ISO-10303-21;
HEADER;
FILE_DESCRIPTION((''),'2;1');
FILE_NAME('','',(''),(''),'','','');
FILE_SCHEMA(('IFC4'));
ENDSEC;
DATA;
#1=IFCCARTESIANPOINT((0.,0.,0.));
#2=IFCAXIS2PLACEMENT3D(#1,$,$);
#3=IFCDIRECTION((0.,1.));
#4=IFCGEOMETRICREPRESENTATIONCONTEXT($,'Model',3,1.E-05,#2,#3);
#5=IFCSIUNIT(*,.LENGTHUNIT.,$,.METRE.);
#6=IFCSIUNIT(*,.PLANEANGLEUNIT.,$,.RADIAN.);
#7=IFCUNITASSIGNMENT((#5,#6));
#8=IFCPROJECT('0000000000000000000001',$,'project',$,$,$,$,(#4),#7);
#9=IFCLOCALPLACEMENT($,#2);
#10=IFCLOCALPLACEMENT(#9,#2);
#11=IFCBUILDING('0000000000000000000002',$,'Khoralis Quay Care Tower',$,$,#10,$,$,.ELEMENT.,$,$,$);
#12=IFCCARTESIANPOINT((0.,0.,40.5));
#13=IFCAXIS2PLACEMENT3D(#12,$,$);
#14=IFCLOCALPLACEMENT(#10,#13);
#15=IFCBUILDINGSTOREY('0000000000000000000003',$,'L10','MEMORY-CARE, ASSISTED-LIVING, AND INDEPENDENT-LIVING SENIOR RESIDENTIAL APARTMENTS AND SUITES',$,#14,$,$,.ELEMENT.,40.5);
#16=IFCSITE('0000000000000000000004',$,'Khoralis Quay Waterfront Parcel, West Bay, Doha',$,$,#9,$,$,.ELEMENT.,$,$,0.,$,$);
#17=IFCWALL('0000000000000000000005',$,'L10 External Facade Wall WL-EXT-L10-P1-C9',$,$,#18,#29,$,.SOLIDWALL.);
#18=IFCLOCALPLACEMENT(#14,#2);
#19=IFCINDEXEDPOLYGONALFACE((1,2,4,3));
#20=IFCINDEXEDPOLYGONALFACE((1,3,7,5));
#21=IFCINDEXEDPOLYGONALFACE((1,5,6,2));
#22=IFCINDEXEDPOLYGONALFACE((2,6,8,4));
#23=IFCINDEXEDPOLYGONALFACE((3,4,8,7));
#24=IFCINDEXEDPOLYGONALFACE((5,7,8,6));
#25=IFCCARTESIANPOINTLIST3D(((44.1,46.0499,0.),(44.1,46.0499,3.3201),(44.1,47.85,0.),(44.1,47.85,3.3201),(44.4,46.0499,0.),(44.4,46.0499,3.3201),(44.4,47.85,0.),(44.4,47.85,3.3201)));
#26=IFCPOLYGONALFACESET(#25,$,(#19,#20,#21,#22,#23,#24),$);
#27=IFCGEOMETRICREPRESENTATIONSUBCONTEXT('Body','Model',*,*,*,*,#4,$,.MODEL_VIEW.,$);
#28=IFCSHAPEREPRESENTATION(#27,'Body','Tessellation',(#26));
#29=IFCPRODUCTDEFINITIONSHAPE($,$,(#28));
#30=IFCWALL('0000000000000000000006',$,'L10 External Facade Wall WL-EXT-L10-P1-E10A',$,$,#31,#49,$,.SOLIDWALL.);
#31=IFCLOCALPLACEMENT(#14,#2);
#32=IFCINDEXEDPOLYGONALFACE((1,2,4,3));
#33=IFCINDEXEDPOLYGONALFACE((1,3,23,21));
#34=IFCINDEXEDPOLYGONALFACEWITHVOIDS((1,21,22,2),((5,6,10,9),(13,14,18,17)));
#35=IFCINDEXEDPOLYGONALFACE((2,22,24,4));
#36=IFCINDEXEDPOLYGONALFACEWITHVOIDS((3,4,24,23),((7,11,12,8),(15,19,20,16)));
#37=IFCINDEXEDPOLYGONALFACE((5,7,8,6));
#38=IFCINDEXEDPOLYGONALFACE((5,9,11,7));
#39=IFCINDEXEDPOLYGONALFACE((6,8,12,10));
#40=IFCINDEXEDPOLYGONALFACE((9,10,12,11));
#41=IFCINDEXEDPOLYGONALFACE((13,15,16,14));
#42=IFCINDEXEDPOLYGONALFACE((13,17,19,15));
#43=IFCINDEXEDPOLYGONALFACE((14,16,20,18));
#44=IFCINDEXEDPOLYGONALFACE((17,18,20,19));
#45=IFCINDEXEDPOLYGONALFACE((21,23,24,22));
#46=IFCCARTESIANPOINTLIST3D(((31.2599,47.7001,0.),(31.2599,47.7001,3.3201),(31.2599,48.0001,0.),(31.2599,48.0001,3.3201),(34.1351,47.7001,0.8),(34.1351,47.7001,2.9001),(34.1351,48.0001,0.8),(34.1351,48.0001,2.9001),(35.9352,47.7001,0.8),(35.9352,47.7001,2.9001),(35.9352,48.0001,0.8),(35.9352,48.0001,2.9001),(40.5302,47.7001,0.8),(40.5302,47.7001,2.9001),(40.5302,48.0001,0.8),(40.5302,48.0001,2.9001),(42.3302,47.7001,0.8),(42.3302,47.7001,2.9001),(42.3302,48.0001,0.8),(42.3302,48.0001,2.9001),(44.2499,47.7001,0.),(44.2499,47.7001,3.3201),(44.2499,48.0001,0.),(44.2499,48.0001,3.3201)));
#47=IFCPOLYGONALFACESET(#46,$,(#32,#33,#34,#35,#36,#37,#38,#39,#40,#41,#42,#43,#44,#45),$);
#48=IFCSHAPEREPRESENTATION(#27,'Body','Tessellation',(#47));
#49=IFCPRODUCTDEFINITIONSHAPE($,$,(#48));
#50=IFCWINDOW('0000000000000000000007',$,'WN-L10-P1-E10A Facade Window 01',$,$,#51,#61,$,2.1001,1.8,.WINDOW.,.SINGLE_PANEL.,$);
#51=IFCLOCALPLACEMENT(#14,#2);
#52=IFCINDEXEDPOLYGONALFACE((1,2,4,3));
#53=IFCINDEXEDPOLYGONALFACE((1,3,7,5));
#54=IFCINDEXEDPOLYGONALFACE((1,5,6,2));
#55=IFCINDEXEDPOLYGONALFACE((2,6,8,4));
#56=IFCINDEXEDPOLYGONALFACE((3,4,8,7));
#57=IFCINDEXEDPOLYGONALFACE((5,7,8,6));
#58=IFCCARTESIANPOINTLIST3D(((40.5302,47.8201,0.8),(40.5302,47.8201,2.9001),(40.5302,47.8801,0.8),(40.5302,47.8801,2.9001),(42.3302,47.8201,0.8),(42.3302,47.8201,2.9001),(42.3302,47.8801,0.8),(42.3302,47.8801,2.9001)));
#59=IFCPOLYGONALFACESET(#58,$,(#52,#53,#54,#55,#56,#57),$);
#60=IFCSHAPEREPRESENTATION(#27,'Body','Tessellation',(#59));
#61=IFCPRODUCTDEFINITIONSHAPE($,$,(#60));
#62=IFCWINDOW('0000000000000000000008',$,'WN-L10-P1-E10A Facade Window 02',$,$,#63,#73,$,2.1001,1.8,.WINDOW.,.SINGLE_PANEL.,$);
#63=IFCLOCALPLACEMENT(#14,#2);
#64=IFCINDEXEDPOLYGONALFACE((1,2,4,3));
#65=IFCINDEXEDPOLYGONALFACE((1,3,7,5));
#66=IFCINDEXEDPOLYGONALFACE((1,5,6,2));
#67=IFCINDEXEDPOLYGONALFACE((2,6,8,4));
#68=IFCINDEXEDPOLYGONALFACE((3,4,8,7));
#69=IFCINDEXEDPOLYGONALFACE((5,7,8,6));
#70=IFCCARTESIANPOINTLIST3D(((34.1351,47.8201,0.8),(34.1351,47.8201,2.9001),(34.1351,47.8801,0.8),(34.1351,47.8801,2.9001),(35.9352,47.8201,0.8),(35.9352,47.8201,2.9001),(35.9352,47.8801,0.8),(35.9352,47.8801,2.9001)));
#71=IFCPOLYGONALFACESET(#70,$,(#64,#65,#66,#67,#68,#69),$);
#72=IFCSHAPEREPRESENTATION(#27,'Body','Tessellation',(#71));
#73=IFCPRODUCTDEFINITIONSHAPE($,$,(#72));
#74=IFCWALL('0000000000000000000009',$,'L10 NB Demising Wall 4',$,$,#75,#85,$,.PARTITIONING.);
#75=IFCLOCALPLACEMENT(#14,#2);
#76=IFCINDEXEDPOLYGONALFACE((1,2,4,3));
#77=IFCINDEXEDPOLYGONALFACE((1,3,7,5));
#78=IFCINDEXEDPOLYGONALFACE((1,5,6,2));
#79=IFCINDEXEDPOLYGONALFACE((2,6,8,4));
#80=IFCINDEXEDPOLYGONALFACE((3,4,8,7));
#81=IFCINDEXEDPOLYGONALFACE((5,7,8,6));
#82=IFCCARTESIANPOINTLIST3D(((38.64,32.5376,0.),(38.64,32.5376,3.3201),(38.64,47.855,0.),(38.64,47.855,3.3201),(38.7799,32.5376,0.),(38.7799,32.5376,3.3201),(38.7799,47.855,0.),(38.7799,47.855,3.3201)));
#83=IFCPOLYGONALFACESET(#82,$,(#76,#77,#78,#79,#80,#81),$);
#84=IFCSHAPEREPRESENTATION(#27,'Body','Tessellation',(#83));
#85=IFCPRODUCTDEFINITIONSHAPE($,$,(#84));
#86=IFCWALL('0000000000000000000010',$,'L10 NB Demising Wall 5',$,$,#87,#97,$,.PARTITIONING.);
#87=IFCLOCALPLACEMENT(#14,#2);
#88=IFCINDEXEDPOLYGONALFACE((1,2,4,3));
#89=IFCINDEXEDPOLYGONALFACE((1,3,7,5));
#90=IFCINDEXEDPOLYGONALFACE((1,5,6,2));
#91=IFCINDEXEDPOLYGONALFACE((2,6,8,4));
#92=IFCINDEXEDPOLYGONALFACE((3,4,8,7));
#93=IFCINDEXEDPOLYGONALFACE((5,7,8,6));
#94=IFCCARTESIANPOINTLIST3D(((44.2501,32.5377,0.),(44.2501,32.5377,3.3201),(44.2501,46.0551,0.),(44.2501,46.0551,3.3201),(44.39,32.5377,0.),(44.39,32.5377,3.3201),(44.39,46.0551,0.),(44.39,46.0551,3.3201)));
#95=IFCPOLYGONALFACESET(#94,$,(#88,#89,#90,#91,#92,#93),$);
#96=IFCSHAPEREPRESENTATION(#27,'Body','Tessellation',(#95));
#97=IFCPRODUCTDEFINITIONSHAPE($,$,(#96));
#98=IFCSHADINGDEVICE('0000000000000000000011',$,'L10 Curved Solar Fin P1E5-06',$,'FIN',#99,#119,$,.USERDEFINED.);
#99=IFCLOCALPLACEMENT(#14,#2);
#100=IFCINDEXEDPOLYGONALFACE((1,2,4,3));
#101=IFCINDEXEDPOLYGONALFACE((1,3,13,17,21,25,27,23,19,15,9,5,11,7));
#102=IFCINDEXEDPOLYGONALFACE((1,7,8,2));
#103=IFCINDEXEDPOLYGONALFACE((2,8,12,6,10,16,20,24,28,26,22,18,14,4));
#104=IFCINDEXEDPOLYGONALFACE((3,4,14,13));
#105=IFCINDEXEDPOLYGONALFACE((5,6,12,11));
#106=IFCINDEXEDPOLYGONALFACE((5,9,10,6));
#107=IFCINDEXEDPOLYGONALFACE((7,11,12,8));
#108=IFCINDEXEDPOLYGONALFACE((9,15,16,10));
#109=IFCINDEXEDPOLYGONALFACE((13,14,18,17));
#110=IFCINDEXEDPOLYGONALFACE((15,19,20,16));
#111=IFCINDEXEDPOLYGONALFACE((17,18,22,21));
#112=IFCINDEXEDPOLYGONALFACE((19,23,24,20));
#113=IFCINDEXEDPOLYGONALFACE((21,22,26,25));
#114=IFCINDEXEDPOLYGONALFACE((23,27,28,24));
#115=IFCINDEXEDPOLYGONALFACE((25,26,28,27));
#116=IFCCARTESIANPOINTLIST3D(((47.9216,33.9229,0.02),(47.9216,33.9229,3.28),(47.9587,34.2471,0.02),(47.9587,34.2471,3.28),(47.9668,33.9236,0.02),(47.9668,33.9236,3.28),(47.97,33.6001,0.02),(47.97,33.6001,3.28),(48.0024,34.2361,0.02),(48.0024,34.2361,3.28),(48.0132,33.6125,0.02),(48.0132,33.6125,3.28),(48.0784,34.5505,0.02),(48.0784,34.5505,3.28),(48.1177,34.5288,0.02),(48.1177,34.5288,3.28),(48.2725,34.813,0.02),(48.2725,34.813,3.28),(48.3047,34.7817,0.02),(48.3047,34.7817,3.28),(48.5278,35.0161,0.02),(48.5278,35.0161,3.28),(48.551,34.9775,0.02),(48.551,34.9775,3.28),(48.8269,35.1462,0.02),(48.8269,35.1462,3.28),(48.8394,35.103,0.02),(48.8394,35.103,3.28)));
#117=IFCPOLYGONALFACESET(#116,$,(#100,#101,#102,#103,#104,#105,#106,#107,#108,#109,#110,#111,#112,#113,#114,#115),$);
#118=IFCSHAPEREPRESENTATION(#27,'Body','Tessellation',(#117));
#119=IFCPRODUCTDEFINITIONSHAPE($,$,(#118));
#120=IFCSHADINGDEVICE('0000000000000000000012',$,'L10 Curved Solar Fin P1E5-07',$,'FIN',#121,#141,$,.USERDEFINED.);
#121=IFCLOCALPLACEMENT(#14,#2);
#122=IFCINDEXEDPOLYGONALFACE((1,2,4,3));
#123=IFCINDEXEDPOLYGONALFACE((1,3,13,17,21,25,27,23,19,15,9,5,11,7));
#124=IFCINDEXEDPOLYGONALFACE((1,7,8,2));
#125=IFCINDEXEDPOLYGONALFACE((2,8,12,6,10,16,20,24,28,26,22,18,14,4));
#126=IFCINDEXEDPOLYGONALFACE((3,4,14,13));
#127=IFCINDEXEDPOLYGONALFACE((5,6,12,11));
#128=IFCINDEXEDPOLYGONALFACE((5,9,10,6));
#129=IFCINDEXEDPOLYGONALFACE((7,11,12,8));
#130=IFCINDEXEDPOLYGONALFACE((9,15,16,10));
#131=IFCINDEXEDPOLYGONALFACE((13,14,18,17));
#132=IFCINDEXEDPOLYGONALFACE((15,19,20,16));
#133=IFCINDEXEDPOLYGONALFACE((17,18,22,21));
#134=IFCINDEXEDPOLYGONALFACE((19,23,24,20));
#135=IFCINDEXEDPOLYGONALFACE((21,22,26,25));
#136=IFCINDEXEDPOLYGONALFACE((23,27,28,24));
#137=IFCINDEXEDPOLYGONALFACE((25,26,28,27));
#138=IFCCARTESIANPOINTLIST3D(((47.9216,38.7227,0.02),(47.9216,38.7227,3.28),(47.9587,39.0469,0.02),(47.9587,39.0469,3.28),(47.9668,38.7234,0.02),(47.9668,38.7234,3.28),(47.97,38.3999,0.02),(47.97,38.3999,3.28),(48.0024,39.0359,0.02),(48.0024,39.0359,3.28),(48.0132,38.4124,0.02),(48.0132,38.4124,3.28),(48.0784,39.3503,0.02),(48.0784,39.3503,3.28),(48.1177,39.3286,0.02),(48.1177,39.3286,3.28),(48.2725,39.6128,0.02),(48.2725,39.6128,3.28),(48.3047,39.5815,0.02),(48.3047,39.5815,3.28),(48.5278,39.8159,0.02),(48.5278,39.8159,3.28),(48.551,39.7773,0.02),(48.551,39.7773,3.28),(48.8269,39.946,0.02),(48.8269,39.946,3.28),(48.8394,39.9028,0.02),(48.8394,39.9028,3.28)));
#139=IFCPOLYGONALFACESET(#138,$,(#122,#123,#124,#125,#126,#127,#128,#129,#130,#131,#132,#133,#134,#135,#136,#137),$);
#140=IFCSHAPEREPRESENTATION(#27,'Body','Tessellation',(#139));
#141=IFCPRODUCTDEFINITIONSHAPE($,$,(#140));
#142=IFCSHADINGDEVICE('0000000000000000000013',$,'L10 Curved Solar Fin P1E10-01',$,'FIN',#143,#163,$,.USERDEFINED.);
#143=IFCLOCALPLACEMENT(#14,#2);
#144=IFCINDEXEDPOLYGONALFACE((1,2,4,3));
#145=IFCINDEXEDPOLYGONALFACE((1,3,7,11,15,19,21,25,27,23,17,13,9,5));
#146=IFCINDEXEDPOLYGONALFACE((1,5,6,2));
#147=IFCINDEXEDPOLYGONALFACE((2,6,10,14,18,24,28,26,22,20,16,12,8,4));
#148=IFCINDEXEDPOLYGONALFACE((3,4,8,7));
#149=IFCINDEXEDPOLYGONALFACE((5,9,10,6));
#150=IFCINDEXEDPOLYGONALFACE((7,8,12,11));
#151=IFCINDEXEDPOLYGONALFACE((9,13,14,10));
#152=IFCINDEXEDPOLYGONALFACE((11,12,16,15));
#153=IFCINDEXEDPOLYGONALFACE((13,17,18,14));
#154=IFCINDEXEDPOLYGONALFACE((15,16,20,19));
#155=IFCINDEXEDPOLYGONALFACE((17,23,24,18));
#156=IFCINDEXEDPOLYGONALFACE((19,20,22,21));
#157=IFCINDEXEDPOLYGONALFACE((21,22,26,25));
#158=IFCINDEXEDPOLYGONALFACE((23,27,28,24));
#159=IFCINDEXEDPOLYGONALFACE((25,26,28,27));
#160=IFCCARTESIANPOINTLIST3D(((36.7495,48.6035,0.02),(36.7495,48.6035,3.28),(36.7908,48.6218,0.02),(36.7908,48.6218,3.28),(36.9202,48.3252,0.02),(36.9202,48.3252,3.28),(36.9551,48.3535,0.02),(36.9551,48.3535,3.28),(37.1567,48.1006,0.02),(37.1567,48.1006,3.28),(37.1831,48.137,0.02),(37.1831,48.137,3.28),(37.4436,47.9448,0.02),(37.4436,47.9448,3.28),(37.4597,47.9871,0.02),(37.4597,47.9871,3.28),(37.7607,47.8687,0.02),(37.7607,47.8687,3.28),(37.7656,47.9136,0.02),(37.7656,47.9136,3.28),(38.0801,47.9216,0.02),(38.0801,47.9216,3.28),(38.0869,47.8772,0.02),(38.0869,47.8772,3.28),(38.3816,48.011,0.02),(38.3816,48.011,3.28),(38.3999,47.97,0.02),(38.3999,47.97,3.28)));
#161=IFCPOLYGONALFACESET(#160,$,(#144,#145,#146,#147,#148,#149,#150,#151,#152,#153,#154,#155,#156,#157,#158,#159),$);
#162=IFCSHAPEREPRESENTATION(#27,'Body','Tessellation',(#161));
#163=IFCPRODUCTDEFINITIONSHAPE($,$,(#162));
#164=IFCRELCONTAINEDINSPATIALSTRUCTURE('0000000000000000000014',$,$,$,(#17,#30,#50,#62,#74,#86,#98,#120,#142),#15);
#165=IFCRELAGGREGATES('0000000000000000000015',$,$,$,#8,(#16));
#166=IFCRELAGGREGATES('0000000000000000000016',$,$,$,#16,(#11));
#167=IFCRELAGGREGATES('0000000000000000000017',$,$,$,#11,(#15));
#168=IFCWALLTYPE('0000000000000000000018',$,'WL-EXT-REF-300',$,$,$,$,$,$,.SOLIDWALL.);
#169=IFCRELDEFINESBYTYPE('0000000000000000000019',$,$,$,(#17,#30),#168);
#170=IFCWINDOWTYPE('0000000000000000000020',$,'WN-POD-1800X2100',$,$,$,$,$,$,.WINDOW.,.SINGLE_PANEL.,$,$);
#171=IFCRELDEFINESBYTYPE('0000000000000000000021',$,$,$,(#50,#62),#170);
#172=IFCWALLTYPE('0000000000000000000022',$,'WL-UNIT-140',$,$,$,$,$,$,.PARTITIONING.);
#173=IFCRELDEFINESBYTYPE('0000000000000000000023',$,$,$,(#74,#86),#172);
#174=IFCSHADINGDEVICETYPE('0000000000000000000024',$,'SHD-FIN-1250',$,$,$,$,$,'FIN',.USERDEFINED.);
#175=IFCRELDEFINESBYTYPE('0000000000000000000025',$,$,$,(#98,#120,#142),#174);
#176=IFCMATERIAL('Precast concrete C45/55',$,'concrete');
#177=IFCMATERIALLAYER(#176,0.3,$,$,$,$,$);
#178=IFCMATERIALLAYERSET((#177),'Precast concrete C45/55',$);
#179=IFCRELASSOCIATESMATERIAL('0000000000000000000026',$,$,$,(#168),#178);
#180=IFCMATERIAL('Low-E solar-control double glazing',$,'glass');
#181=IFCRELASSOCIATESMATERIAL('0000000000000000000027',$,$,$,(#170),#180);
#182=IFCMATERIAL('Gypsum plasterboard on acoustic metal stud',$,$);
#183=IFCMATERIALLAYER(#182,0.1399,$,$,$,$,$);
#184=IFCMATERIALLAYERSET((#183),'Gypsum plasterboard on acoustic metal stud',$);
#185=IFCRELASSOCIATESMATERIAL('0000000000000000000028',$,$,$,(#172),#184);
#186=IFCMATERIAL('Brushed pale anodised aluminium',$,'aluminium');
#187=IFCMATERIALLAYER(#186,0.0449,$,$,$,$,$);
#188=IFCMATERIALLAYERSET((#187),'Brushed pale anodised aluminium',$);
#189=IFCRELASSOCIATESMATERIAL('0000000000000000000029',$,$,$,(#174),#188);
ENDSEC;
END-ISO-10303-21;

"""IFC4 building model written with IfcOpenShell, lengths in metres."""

from ifc_helpers import new_model, si_unit, direction, frame, frame_2d, origin, place, context, subcontext, project, spatial, polyline, rectangle, outline, extrude, source, transform, mapped, material, layer, layer_set, type_object, element, fill, save


model = new_model("IFC4")

# Units and contexts
model_context = context("Model", 3, precision=1e-05, world=origin(), true_north=direction((0.0, 1.0)))
body_context = subcontext(model_context, "Body", "Model", "MODEL_VIEW")
ifc_project = project(units=[si_unit("LENGTHUNIT", "METRE"), si_unit("PLANEANGLEUNIT", "RADIAN")], contexts=[model_context])

# Site, building, storey
site_placement = place(None, origin())
site = spatial("IfcSite", under=ifc_project, at=site_placement, Name="Khoralis Quay Waterfront Parcel, West Bay, Doha", CompositionType="ELEMENT", RefElevation=0.0)
building_placement = place(site_placement, origin())
building = spatial("IfcBuilding", under=site, at=building_placement, Name="Khoralis Quay Care Tower", CompositionType="ELEMENT")
storey_placement = place(building_placement, frame((0.0, 0.0, 40.5)))
storey = spatial("IfcBuildingStorey", under=building, at=storey_placement, Name="L10", Description="MEMORY-CARE, ASSISTED-LIVING, AND INDEPENDENT-LIVING SENIOR RESIDENTIAL APARTMENTS AND SUITES", CompositionType="ELEMENT", Elevation=40.5)

# Shared definitions
ifc_material_1 = material(Name="Low-E solar-control double glazing", Category="glass")

# Shared definitions
ifc_material_2 = material(Name="Precast concrete C45/55", Category="concrete")
ifc_layer_1 = layer(ifc_material_2, 0.3)
ifc_layer_set_1 = layer_set([ifc_layer_1], Name="Precast concrete C45/55")
wall_type_1 = type_object("IfcWallType", Name="WL-EXT-REF-300", PredefinedType="SOLIDWALL", material=ifc_layer_set_1)
window_type = type_object("IfcWindowType", Name="WN-POD-1800X2100", PartitioningType="SINGLE_PANEL", PredefinedType="WINDOW", material=ifc_material_1)
shared_shape_1 = source(origin(), body_context, "Body", "SweptSolid", [
    extrude(rectangle(XDim=1.8, YDim=2.1001, at=frame_2d((0.8999, 1.05))), frame((0.0, 0.03, 0.0), z_axis=(0.0, -1.0, 0.0), x_axis=(1.0, 0.0, 0.0)), (0.0, 0.0, 1.0), 0.0601),
])

# Wall
for number, where, z_axis, x_axis, name in (
    (1, (44.25, 46.05, 0.0), (0.0, 0.0, 1.0), (0.0, 1.0, 0.0), "L10 External Facade Wall WL-EXT-L10-P1-C9"),
):
    element("IfcWall", number, at=place(storey_placement, frame(where, z_axis=z_axis, x_axis=x_axis)), inside=storey, type_object=wall_type_1, Name=name, PredefinedType="SOLIDWALL", context=body_context, shape_type="SweptSolid", body=[
        extrude(rectangle(XDim=1.8, YDim=0.3, at=frame_2d((0.8999, 0.0))), origin(), (0.0, 0.0, 1.0), 3.3201),
    ])

# Wall, openings, windows
wall_1_placement = place(storey_placement, frame((44.25, 47.8501, 0.0), z_axis=(0.0, 0.0, 1.0), x_axis=(-1.0, 0.0, 0.0)))
wall_1 = element("IfcWall", 2, at=wall_1_placement, inside=storey, type_object=wall_type_1, Name="L10 External Facade Wall WL-EXT-L10-P1-E10A", PredefinedType="SOLIDWALL", context=body_context, shape_type="SweptSolid", body=[
    extrude(rectangle(XDim=12.99, YDim=0.3, at=frame_2d((6.4951, 0.0))), origin(), (0.0, 0.0, 1.0), 3.3201),
])
opening_1_placement = place(wall_1_placement, frame((1.9199, 0.0, 0.8)))
opening_1 = element("IfcOpeningElement", 3, at=opening_1_placement, cuts=wall_1, PredefinedType="OPENING", context=body_context, shape_type="SweptSolid", body=[
    extrude(rectangle(XDim=1.8, YDim=2.1001, at=frame_2d((0.8999, 1.05))), frame((0.0, 0.1602, 0.0), z_axis=(0.0, -1.0, 0.0), x_axis=(1.0, 0.0, 0.0)), (0.0, 0.0, 1.0), 0.3201),
])
opening_2_placement = place(wall_1_placement, frame((8.3149, 0.0, 0.8)))
opening_2 = element("IfcOpeningElement", 4, at=opening_2_placement, cuts=wall_1, PredefinedType="OPENING", context=body_context, shape_type="SweptSolid", body=[
    extrude(rectangle(XDim=1.8, YDim=2.1001, at=frame_2d((0.8999, 1.05))), frame((0.0, 0.1602, 0.0), z_axis=(0.0, -1.0, 0.0), x_axis=(1.0, 0.0, 0.0)), (0.0, 0.0, 1.0), 0.3201),
])
window_1_placement = place(opening_1_placement, origin())
window_1 = element("IfcWindow", 5, at=window_1_placement, inside=storey, type_object=window_type, Name="WN-L10-P1-E10A Facade Window 01", OverallHeight=2.1001, OverallWidth=1.8, PartitioningType="SINGLE_PANEL", PredefinedType="WINDOW", context=body_context, shape_type="MappedRepresentation", body=[
    mapped(shared_shape_1, transform((0.0, 0.0, 0.0), scale=1.0)),
])
fill(opening_1, window_1)
window_2_placement = place(opening_2_placement, origin())
window_2 = element("IfcWindow", 6, at=window_2_placement, inside=storey, type_object=window_type, Name="WN-L10-P1-E10A Facade Window 02", OverallHeight=2.1001, OverallWidth=1.8, PartitioningType="SINGLE_PANEL", PredefinedType="WINDOW", context=body_context, shape_type="MappedRepresentation", body=[
    mapped(shared_shape_1, transform((0.0, 0.0, 0.0), scale=1.0)),
])
fill(opening_2, window_2)

# Walls
ifc_material_3 = material(Name="Gypsum plasterboard on acoustic metal stud")
ifc_layer_2 = layer(ifc_material_3, 0.1399)
ifc_layer_set_2 = layer_set([ifc_layer_2], Name="Gypsum plasterboard on acoustic metal stud")
wall_type_2 = type_object("IfcWallType", Name="WL-UNIT-140", PredefinedType="PARTITIONING", material=ifc_layer_set_2)
wall_2_placement = place(storey_placement, frame((38.71, 32.5376, 0.0), z_axis=(0.0, 0.0, 1.0), x_axis=(0.0, 1.0, 0.0)))
element("IfcWall", 7, at=wall_2_placement, inside=storey, type_object=wall_type_2, Name="L10 NB Demising Wall 4", PredefinedType="PARTITIONING", context=body_context, shape_type="SweptSolid", body=[
    extrude(rectangle(XDim=15.3174, YDim=0.1399, at=frame_2d((7.6587, 0.0))), origin(), (0.0, 0.0, 1.0), 3.3201),
])
wall_3_placement = place(storey_placement, frame((44.3201, 32.5376, 0.0), z_axis=(0.0, 0.0, 1.0), x_axis=(0.0, 1.0, 0.0)))
element("IfcWall", 8, at=wall_3_placement, inside=storey, type_object=wall_type_2, Name="L10 NB Demising Wall 5", PredefinedType="PARTITIONING", context=body_context, shape_type="SweptSolid", body=[
    extrude(rectangle(XDim=13.5173, YDim=0.1399, at=frame_2d((6.7588, 0.0))), origin(), (0.0, 0.0, 1.0), 3.3201),
])

# Shading devices
ifc_material_4 = material(Name="Brushed pale anodised aluminium", Category="aluminium")
ifc_layer_3 = layer(ifc_material_4, 0.0449)
ifc_layer_set_3 = layer_set([ifc_layer_3], Name="Brushed pale anodised aluminium")
shading_device_type = type_object("IfcShadingDeviceType", Name="SHD-FIN-1250", ElementType="FIN", PredefinedType="USERDEFINED", material=ifc_layer_set_3)
shared_shape_2 = source(origin(), body_context, "Body", "SweptSolid", [
    extrude(outline(polyline([(0.0, 0.0), (-0.0483, 0.3228), (-0.0112, 0.647), (0.1084, 0.9504), (0.3025, 1.2129), (0.5579, 1.416), (0.8569, 1.5461), (0.8694, 1.5029), (0.5811, 1.3774), (0.3347, 1.1816), (0.1477, 0.9287), (0.0325, 0.636), (-0.0032, 0.3235), (0.0432, 0.0125), (0.0, 0.0)])), origin(), (0.0, 0.0, 1.0), 3.26),
])
for number, where, z_axis, x_axis, name in (
    (9, (47.97, 33.6001, 0.02), (0.0, 0.0, 1.0), (1.0, 0.0, 0.0), "L10 Curved Solar Fin P1E5-06"),
    (10, (47.97, 38.3999, 0.02), (0.0, 0.0, 1.0), (1.0, 0.0, 0.0), "L10 Curved Solar Fin P1E5-07"),
):
    element("IfcShadingDevice", number, at=place(storey_placement, frame(where, z_axis=z_axis, x_axis=x_axis)), inside=storey, type_object=shading_device_type, Name=name, ObjectType="FIN", PredefinedType="USERDEFINED", context=body_context, shape_type="MappedRepresentation", body=[
        mapped(shared_shape_2, transform((0.0, 0.0, 0.0), scale=1.0)),
    ])
shared_shape_3 = source(origin(), body_context, "Body", "SweptSolid", [
    extrude(outline(polyline([(0.0, 0.0), (-0.0928, 0.313), (-0.1013, 0.6392), (-0.0251, 0.9563), (0.1306, 1.2432), (0.3552, 1.4797), (0.6335, 1.6504), (0.6519, 1.6091), (0.3835, 1.4448), (0.167, 1.2168), (0.0171, 0.9402), (-0.0564, 0.6343), (-0.0483, 0.3198), (0.041, 0.0183), (0.0, 0.0)])), origin(), (0.0, 0.0, 1.0), 3.26),
])
for number, where, z_axis, x_axis, name in (
    (11, (38.3999, 47.97, 0.02), (0.0, 0.0, 1.0), (0.0, 1.0, 0.0), "L10 Curved Solar Fin P1E10-01"),
):
    element("IfcShadingDevice", number, at=place(storey_placement, frame(where, z_axis=z_axis, x_axis=x_axis)), inside=storey, type_object=shading_device_type, Name=name, ObjectType="FIN", PredefinedType="USERDEFINED", context=body_context, shape_type="MappedRepresentation", body=[
        mapped(shared_shape_3, transform((0.0, 0.0, 0.0), scale=1.0)),
    ])

save(model, "model.ifc")
